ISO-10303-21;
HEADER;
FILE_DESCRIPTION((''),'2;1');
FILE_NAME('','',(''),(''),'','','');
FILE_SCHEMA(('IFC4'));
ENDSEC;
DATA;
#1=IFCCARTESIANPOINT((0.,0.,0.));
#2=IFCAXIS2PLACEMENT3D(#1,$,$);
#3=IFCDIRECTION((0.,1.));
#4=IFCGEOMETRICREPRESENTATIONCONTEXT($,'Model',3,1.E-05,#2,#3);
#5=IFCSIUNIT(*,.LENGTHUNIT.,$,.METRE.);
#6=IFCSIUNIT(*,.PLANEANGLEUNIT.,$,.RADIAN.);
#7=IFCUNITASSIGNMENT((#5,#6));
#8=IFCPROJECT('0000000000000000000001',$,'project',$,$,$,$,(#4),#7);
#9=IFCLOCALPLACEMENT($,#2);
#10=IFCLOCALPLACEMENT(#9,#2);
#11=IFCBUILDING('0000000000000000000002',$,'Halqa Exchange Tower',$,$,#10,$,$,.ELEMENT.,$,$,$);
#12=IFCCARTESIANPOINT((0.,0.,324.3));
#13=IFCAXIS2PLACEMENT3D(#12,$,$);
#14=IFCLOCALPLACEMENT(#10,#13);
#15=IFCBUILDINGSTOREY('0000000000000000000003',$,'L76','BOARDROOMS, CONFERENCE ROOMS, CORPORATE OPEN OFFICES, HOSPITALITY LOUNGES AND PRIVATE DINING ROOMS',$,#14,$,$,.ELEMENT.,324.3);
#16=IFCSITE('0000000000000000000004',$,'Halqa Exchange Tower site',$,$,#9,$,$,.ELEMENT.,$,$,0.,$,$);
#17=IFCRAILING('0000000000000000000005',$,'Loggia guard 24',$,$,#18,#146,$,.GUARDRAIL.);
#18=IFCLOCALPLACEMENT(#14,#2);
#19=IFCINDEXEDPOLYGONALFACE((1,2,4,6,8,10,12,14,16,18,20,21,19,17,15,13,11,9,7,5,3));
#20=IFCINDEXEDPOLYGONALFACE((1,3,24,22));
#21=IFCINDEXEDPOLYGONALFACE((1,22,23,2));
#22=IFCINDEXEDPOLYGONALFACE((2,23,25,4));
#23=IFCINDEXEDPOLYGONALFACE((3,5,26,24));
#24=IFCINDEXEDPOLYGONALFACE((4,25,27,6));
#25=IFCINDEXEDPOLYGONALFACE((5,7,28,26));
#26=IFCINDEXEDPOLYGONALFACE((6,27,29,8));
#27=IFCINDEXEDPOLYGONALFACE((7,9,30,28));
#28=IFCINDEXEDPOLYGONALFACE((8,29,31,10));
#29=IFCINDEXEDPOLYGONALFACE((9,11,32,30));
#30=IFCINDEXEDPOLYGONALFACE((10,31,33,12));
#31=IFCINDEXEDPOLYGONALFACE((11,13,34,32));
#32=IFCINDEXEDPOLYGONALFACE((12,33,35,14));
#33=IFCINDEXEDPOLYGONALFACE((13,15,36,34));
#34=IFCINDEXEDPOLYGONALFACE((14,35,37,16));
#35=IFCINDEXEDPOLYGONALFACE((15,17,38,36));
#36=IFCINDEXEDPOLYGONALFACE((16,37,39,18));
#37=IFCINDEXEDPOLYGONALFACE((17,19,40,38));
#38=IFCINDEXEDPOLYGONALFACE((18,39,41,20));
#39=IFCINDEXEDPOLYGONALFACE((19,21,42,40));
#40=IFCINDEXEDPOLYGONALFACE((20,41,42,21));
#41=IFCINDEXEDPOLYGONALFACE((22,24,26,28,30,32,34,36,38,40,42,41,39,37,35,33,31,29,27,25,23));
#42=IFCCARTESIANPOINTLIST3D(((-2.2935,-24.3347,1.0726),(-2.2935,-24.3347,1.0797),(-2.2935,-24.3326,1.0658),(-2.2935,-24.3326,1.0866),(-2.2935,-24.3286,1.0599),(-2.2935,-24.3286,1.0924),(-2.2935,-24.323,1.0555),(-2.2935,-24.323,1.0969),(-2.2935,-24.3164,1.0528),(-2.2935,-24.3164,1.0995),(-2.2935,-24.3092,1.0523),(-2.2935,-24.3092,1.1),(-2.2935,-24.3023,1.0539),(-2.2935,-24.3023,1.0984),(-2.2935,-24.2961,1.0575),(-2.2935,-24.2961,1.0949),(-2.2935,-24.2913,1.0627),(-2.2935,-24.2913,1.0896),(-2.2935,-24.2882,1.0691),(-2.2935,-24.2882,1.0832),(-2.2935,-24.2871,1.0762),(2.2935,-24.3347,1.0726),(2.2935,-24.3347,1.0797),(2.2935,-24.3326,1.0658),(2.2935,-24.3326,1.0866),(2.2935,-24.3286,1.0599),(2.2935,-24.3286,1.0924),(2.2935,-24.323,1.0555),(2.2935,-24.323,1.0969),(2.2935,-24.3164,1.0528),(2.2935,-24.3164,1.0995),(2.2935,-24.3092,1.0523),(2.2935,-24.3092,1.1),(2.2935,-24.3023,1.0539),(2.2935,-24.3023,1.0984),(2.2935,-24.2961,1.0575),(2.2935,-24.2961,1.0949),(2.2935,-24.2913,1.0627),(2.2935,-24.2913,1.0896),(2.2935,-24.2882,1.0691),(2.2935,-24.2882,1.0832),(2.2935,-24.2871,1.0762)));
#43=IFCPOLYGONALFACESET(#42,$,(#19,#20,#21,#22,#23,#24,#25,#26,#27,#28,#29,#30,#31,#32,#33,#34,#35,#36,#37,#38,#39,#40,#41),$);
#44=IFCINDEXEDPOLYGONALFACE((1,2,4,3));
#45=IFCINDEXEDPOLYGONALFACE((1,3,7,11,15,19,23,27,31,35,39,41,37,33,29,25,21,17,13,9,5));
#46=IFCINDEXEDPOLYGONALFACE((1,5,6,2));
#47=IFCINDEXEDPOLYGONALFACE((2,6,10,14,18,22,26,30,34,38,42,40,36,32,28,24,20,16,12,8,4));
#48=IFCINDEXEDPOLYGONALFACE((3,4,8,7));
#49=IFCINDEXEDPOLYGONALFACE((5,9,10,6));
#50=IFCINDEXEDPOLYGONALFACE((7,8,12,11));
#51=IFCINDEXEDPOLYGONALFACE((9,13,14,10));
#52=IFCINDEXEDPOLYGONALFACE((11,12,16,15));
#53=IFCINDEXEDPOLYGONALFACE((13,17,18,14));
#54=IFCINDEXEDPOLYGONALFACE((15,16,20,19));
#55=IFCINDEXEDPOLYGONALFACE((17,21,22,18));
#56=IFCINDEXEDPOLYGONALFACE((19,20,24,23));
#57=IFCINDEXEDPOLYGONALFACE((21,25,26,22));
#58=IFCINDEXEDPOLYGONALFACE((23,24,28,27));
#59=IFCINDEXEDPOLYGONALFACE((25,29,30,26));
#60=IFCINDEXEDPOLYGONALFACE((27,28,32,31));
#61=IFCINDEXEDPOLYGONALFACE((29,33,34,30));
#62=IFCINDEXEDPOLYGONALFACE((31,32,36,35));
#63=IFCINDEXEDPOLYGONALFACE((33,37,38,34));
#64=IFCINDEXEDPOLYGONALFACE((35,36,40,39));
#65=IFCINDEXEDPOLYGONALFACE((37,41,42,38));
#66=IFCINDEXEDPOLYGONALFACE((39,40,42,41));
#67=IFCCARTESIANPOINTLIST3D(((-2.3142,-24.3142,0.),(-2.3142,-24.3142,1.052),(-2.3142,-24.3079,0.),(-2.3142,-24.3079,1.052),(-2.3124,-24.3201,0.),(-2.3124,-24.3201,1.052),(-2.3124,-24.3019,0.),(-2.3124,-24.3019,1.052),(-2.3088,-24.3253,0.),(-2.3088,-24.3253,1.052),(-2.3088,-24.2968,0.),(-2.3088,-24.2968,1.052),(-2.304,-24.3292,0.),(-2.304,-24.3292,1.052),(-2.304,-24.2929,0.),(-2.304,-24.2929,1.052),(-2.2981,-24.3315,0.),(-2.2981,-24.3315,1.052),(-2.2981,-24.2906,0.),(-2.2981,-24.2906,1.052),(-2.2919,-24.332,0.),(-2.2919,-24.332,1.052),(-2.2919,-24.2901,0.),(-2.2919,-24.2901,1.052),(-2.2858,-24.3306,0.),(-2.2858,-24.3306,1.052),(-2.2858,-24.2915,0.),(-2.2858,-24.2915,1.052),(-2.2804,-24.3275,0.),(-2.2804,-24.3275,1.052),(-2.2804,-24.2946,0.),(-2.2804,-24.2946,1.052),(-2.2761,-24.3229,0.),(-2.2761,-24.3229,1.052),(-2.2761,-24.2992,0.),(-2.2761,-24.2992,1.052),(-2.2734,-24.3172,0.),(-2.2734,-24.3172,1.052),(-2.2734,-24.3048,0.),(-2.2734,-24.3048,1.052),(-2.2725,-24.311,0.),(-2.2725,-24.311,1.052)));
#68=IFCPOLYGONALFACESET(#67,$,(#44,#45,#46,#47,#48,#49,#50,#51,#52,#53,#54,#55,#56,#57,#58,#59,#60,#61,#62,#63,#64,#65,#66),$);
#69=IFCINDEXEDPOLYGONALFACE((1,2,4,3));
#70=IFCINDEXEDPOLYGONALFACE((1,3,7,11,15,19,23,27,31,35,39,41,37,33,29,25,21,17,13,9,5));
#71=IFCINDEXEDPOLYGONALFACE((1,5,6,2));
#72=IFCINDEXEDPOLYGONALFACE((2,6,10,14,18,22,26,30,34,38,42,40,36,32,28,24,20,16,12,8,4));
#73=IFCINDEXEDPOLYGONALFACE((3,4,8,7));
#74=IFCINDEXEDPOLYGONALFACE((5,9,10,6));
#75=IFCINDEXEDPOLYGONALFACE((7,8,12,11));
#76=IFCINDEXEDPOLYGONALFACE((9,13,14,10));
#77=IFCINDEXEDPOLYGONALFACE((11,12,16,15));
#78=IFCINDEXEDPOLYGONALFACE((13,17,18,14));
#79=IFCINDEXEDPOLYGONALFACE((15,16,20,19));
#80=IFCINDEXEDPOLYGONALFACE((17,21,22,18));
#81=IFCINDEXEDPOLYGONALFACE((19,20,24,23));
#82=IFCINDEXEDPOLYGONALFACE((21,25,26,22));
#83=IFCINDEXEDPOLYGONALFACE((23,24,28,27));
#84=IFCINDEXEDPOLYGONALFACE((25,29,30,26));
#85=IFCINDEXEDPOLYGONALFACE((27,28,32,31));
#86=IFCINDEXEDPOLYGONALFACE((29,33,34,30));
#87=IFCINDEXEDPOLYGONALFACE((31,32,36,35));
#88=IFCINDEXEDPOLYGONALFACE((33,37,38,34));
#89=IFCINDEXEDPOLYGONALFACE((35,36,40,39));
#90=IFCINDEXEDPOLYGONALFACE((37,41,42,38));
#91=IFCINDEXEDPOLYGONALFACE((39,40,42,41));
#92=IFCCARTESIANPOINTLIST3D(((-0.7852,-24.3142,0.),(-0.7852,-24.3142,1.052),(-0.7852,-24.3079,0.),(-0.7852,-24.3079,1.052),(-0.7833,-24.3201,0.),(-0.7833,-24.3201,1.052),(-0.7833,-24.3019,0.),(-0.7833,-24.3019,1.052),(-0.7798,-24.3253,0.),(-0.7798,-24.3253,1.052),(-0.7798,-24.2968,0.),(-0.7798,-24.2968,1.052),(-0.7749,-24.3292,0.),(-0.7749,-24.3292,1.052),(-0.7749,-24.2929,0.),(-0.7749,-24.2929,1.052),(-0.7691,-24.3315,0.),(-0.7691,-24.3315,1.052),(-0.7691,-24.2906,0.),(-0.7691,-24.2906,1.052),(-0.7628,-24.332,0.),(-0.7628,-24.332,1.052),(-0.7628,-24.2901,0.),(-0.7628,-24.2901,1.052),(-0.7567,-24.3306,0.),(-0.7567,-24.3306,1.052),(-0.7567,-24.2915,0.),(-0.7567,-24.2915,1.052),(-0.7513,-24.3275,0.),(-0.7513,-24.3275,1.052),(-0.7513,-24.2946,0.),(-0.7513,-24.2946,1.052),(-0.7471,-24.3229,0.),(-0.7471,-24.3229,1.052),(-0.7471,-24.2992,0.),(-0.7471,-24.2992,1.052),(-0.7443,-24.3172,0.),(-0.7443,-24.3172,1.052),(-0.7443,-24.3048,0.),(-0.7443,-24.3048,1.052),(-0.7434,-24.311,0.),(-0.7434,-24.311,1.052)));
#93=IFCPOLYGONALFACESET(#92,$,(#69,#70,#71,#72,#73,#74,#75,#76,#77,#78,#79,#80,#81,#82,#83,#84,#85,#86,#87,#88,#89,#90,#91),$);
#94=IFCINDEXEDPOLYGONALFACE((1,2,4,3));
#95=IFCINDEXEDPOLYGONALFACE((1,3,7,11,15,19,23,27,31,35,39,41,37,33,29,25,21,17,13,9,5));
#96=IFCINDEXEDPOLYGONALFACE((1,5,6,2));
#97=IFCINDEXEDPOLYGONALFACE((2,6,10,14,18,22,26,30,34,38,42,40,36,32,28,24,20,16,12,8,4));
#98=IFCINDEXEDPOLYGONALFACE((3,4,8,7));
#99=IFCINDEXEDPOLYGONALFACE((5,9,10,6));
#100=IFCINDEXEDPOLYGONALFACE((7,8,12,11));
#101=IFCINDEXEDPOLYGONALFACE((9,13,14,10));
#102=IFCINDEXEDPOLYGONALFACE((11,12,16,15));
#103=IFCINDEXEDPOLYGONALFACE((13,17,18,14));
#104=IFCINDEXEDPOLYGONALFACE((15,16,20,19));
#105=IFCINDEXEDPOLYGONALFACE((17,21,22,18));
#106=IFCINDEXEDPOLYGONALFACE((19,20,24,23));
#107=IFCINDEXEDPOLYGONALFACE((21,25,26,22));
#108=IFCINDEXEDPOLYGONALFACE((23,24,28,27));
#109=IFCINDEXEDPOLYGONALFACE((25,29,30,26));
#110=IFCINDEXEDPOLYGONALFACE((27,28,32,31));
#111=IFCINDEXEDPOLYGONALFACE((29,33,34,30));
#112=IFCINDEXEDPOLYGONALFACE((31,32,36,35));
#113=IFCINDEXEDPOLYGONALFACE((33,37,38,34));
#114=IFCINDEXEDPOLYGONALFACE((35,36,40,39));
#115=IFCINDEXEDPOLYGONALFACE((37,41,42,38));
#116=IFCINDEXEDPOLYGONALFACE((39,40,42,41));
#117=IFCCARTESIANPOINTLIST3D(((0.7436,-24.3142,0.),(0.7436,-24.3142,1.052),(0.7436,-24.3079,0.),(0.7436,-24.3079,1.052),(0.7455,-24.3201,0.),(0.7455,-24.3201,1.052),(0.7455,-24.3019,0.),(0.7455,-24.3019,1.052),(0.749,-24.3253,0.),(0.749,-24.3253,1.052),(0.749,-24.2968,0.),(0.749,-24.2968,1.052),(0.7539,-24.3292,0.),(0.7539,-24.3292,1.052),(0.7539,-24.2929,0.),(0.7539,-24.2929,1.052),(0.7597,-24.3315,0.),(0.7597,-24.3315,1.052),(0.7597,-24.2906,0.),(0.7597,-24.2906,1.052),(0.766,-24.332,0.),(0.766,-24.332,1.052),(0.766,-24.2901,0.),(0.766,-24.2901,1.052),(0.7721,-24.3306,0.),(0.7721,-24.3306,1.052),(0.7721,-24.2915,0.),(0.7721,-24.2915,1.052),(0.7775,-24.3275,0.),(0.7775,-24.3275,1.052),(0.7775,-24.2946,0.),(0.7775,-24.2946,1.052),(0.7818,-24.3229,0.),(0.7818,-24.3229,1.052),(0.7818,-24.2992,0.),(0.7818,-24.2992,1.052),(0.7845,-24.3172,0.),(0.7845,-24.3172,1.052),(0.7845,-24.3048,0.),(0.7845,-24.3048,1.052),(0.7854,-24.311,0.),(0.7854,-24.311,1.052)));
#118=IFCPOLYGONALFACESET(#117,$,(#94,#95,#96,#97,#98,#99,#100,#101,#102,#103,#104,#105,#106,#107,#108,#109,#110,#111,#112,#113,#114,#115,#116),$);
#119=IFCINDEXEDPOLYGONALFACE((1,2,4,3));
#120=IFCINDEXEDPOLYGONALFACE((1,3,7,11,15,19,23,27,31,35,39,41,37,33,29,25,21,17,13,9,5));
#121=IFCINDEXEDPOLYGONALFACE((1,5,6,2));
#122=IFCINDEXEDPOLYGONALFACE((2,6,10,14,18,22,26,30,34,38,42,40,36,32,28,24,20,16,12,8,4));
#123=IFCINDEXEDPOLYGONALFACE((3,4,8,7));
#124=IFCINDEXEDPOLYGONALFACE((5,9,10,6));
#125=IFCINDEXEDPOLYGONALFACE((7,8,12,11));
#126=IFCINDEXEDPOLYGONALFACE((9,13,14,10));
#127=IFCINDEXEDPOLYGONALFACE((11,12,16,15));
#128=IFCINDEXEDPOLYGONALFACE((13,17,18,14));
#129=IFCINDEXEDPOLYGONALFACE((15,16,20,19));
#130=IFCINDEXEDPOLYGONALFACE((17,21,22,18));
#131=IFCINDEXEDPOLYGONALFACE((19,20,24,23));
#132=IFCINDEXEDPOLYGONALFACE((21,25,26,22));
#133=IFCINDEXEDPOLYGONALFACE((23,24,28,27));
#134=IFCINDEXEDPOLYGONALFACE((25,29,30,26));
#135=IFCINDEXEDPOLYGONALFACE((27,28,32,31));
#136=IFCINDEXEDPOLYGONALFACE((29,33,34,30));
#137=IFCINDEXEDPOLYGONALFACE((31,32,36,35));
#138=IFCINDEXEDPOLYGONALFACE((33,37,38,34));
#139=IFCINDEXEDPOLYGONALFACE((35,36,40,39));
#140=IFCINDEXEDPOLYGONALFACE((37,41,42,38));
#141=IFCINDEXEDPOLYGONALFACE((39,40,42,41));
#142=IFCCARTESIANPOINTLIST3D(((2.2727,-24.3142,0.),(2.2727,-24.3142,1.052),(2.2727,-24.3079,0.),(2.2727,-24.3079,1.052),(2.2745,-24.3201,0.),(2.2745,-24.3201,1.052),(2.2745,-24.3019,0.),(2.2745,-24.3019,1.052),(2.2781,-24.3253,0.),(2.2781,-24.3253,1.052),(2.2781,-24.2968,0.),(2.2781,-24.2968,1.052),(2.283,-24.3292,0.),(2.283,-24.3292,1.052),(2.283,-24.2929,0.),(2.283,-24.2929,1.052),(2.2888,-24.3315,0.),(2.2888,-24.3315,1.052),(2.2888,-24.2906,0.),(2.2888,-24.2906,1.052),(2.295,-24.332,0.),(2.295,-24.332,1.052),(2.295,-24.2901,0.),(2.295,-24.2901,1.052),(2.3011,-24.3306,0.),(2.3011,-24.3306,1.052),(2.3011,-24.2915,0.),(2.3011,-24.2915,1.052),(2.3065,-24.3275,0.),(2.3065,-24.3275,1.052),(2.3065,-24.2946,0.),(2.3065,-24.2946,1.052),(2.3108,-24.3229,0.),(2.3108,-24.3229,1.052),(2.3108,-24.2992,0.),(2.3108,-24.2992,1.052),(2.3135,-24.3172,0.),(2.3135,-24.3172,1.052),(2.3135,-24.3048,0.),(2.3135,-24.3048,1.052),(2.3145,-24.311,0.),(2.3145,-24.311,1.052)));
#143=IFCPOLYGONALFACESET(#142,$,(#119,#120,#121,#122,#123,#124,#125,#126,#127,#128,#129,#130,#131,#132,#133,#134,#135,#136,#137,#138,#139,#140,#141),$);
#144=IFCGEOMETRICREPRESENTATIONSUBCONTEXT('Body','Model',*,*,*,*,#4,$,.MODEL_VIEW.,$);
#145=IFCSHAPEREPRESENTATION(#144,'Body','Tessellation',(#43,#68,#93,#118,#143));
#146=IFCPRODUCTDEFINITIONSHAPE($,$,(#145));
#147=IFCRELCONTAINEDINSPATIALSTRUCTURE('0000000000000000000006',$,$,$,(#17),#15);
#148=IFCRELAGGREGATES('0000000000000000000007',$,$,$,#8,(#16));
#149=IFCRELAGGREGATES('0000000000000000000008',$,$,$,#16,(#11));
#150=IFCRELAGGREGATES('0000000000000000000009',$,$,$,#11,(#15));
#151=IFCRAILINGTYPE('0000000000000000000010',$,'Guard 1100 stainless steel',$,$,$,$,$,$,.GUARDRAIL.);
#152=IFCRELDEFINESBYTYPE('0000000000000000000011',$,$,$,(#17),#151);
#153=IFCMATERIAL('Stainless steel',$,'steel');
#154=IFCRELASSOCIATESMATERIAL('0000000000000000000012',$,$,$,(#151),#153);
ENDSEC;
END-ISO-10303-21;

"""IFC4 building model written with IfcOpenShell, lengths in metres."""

from ifc_helpers import new_model, si_unit, direction, frame, origin, origin_2d, place, context, subcontext, project, spatial, circle, extrude, material, type_object, element, save


model = new_model("IFC4")

# Units and contexts
model_context = context("Model", 3, precision=1e-05, world=origin(), true_north=direction((0.0, 1.0)))
body_context = subcontext(model_context, "Body", "Model", "MODEL_VIEW")
ifc_project = project(units=[si_unit("LENGTHUNIT", "METRE"), si_unit("PLANEANGLEUNIT", "RADIAN")], contexts=[model_context])

# Site, building, storey
site_placement = place(None, origin())
site = spatial("IfcSite", under=ifc_project, at=site_placement, Name="Halqa Exchange Tower site", CompositionType="ELEMENT", RefElevation=0.0)
building_placement = place(site_placement, origin())
building = spatial("IfcBuilding", under=site, at=building_placement, Name="Halqa Exchange Tower", CompositionType="ELEMENT")
storey_placement = place(building_placement, frame((0.0, 0.0, 324.3)))
storey = spatial("IfcBuildingStorey", under=building, at=storey_placement, Name="L76", Description="BOARDROOMS, CONFERENCE ROOMS, CORPORATE OPEN OFFICES, HOSPITALITY LOUNGES AND PRIVATE DINING ROOMS", CompositionType="ELEMENT", Elevation=324.3)

# Railing
ifc_material_1 = material(Name="Stainless steel", Category="steel")
railing_type = type_object("IfcRailingType", Name="Guard 1100 stainless steel", PredefinedType="GUARDRAIL", material=ifc_material_1)
railing_1_placement = place(storey_placement, frame((-2.2935, -24.311, 0.0)))
element("IfcRailing", 1, at=railing_1_placement, inside=storey, type_object=railing_type, Name="Loggia guard 24", PredefinedType="GUARDRAIL", context=body_context, shape_type="SweptSolid", body=[
    extrude(circle(Radius=0.0239, at=origin_2d()), frame((0.0, 0.0, 1.0762), z_axis=(1.0, 0.0, 0.0), x_axis=(0.0, 1.0, 0.0)), (0.0, 0.0, 1.0), 4.5869),
    extrude(circle(Radius=0.021, at=origin_2d()), origin(), (0.0, 0.0, 1.0), 1.052),
    extrude(circle(Radius=0.021, at=origin_2d()), frame((1.5291, 0.0, 0.0)), (0.0, 0.0, 1.0), 1.052),
    extrude(circle(Radius=0.021, at=origin_2d()), frame((3.0579, 0.0, 0.0)), (0.0, 0.0, 1.0), 1.052),
    extrude(circle(Radius=0.021, at=origin_2d()), frame((4.5869, 0.0, 0.0)), (0.0, 0.0, 1.0), 1.052),
])

save(model, "model.ifc")
